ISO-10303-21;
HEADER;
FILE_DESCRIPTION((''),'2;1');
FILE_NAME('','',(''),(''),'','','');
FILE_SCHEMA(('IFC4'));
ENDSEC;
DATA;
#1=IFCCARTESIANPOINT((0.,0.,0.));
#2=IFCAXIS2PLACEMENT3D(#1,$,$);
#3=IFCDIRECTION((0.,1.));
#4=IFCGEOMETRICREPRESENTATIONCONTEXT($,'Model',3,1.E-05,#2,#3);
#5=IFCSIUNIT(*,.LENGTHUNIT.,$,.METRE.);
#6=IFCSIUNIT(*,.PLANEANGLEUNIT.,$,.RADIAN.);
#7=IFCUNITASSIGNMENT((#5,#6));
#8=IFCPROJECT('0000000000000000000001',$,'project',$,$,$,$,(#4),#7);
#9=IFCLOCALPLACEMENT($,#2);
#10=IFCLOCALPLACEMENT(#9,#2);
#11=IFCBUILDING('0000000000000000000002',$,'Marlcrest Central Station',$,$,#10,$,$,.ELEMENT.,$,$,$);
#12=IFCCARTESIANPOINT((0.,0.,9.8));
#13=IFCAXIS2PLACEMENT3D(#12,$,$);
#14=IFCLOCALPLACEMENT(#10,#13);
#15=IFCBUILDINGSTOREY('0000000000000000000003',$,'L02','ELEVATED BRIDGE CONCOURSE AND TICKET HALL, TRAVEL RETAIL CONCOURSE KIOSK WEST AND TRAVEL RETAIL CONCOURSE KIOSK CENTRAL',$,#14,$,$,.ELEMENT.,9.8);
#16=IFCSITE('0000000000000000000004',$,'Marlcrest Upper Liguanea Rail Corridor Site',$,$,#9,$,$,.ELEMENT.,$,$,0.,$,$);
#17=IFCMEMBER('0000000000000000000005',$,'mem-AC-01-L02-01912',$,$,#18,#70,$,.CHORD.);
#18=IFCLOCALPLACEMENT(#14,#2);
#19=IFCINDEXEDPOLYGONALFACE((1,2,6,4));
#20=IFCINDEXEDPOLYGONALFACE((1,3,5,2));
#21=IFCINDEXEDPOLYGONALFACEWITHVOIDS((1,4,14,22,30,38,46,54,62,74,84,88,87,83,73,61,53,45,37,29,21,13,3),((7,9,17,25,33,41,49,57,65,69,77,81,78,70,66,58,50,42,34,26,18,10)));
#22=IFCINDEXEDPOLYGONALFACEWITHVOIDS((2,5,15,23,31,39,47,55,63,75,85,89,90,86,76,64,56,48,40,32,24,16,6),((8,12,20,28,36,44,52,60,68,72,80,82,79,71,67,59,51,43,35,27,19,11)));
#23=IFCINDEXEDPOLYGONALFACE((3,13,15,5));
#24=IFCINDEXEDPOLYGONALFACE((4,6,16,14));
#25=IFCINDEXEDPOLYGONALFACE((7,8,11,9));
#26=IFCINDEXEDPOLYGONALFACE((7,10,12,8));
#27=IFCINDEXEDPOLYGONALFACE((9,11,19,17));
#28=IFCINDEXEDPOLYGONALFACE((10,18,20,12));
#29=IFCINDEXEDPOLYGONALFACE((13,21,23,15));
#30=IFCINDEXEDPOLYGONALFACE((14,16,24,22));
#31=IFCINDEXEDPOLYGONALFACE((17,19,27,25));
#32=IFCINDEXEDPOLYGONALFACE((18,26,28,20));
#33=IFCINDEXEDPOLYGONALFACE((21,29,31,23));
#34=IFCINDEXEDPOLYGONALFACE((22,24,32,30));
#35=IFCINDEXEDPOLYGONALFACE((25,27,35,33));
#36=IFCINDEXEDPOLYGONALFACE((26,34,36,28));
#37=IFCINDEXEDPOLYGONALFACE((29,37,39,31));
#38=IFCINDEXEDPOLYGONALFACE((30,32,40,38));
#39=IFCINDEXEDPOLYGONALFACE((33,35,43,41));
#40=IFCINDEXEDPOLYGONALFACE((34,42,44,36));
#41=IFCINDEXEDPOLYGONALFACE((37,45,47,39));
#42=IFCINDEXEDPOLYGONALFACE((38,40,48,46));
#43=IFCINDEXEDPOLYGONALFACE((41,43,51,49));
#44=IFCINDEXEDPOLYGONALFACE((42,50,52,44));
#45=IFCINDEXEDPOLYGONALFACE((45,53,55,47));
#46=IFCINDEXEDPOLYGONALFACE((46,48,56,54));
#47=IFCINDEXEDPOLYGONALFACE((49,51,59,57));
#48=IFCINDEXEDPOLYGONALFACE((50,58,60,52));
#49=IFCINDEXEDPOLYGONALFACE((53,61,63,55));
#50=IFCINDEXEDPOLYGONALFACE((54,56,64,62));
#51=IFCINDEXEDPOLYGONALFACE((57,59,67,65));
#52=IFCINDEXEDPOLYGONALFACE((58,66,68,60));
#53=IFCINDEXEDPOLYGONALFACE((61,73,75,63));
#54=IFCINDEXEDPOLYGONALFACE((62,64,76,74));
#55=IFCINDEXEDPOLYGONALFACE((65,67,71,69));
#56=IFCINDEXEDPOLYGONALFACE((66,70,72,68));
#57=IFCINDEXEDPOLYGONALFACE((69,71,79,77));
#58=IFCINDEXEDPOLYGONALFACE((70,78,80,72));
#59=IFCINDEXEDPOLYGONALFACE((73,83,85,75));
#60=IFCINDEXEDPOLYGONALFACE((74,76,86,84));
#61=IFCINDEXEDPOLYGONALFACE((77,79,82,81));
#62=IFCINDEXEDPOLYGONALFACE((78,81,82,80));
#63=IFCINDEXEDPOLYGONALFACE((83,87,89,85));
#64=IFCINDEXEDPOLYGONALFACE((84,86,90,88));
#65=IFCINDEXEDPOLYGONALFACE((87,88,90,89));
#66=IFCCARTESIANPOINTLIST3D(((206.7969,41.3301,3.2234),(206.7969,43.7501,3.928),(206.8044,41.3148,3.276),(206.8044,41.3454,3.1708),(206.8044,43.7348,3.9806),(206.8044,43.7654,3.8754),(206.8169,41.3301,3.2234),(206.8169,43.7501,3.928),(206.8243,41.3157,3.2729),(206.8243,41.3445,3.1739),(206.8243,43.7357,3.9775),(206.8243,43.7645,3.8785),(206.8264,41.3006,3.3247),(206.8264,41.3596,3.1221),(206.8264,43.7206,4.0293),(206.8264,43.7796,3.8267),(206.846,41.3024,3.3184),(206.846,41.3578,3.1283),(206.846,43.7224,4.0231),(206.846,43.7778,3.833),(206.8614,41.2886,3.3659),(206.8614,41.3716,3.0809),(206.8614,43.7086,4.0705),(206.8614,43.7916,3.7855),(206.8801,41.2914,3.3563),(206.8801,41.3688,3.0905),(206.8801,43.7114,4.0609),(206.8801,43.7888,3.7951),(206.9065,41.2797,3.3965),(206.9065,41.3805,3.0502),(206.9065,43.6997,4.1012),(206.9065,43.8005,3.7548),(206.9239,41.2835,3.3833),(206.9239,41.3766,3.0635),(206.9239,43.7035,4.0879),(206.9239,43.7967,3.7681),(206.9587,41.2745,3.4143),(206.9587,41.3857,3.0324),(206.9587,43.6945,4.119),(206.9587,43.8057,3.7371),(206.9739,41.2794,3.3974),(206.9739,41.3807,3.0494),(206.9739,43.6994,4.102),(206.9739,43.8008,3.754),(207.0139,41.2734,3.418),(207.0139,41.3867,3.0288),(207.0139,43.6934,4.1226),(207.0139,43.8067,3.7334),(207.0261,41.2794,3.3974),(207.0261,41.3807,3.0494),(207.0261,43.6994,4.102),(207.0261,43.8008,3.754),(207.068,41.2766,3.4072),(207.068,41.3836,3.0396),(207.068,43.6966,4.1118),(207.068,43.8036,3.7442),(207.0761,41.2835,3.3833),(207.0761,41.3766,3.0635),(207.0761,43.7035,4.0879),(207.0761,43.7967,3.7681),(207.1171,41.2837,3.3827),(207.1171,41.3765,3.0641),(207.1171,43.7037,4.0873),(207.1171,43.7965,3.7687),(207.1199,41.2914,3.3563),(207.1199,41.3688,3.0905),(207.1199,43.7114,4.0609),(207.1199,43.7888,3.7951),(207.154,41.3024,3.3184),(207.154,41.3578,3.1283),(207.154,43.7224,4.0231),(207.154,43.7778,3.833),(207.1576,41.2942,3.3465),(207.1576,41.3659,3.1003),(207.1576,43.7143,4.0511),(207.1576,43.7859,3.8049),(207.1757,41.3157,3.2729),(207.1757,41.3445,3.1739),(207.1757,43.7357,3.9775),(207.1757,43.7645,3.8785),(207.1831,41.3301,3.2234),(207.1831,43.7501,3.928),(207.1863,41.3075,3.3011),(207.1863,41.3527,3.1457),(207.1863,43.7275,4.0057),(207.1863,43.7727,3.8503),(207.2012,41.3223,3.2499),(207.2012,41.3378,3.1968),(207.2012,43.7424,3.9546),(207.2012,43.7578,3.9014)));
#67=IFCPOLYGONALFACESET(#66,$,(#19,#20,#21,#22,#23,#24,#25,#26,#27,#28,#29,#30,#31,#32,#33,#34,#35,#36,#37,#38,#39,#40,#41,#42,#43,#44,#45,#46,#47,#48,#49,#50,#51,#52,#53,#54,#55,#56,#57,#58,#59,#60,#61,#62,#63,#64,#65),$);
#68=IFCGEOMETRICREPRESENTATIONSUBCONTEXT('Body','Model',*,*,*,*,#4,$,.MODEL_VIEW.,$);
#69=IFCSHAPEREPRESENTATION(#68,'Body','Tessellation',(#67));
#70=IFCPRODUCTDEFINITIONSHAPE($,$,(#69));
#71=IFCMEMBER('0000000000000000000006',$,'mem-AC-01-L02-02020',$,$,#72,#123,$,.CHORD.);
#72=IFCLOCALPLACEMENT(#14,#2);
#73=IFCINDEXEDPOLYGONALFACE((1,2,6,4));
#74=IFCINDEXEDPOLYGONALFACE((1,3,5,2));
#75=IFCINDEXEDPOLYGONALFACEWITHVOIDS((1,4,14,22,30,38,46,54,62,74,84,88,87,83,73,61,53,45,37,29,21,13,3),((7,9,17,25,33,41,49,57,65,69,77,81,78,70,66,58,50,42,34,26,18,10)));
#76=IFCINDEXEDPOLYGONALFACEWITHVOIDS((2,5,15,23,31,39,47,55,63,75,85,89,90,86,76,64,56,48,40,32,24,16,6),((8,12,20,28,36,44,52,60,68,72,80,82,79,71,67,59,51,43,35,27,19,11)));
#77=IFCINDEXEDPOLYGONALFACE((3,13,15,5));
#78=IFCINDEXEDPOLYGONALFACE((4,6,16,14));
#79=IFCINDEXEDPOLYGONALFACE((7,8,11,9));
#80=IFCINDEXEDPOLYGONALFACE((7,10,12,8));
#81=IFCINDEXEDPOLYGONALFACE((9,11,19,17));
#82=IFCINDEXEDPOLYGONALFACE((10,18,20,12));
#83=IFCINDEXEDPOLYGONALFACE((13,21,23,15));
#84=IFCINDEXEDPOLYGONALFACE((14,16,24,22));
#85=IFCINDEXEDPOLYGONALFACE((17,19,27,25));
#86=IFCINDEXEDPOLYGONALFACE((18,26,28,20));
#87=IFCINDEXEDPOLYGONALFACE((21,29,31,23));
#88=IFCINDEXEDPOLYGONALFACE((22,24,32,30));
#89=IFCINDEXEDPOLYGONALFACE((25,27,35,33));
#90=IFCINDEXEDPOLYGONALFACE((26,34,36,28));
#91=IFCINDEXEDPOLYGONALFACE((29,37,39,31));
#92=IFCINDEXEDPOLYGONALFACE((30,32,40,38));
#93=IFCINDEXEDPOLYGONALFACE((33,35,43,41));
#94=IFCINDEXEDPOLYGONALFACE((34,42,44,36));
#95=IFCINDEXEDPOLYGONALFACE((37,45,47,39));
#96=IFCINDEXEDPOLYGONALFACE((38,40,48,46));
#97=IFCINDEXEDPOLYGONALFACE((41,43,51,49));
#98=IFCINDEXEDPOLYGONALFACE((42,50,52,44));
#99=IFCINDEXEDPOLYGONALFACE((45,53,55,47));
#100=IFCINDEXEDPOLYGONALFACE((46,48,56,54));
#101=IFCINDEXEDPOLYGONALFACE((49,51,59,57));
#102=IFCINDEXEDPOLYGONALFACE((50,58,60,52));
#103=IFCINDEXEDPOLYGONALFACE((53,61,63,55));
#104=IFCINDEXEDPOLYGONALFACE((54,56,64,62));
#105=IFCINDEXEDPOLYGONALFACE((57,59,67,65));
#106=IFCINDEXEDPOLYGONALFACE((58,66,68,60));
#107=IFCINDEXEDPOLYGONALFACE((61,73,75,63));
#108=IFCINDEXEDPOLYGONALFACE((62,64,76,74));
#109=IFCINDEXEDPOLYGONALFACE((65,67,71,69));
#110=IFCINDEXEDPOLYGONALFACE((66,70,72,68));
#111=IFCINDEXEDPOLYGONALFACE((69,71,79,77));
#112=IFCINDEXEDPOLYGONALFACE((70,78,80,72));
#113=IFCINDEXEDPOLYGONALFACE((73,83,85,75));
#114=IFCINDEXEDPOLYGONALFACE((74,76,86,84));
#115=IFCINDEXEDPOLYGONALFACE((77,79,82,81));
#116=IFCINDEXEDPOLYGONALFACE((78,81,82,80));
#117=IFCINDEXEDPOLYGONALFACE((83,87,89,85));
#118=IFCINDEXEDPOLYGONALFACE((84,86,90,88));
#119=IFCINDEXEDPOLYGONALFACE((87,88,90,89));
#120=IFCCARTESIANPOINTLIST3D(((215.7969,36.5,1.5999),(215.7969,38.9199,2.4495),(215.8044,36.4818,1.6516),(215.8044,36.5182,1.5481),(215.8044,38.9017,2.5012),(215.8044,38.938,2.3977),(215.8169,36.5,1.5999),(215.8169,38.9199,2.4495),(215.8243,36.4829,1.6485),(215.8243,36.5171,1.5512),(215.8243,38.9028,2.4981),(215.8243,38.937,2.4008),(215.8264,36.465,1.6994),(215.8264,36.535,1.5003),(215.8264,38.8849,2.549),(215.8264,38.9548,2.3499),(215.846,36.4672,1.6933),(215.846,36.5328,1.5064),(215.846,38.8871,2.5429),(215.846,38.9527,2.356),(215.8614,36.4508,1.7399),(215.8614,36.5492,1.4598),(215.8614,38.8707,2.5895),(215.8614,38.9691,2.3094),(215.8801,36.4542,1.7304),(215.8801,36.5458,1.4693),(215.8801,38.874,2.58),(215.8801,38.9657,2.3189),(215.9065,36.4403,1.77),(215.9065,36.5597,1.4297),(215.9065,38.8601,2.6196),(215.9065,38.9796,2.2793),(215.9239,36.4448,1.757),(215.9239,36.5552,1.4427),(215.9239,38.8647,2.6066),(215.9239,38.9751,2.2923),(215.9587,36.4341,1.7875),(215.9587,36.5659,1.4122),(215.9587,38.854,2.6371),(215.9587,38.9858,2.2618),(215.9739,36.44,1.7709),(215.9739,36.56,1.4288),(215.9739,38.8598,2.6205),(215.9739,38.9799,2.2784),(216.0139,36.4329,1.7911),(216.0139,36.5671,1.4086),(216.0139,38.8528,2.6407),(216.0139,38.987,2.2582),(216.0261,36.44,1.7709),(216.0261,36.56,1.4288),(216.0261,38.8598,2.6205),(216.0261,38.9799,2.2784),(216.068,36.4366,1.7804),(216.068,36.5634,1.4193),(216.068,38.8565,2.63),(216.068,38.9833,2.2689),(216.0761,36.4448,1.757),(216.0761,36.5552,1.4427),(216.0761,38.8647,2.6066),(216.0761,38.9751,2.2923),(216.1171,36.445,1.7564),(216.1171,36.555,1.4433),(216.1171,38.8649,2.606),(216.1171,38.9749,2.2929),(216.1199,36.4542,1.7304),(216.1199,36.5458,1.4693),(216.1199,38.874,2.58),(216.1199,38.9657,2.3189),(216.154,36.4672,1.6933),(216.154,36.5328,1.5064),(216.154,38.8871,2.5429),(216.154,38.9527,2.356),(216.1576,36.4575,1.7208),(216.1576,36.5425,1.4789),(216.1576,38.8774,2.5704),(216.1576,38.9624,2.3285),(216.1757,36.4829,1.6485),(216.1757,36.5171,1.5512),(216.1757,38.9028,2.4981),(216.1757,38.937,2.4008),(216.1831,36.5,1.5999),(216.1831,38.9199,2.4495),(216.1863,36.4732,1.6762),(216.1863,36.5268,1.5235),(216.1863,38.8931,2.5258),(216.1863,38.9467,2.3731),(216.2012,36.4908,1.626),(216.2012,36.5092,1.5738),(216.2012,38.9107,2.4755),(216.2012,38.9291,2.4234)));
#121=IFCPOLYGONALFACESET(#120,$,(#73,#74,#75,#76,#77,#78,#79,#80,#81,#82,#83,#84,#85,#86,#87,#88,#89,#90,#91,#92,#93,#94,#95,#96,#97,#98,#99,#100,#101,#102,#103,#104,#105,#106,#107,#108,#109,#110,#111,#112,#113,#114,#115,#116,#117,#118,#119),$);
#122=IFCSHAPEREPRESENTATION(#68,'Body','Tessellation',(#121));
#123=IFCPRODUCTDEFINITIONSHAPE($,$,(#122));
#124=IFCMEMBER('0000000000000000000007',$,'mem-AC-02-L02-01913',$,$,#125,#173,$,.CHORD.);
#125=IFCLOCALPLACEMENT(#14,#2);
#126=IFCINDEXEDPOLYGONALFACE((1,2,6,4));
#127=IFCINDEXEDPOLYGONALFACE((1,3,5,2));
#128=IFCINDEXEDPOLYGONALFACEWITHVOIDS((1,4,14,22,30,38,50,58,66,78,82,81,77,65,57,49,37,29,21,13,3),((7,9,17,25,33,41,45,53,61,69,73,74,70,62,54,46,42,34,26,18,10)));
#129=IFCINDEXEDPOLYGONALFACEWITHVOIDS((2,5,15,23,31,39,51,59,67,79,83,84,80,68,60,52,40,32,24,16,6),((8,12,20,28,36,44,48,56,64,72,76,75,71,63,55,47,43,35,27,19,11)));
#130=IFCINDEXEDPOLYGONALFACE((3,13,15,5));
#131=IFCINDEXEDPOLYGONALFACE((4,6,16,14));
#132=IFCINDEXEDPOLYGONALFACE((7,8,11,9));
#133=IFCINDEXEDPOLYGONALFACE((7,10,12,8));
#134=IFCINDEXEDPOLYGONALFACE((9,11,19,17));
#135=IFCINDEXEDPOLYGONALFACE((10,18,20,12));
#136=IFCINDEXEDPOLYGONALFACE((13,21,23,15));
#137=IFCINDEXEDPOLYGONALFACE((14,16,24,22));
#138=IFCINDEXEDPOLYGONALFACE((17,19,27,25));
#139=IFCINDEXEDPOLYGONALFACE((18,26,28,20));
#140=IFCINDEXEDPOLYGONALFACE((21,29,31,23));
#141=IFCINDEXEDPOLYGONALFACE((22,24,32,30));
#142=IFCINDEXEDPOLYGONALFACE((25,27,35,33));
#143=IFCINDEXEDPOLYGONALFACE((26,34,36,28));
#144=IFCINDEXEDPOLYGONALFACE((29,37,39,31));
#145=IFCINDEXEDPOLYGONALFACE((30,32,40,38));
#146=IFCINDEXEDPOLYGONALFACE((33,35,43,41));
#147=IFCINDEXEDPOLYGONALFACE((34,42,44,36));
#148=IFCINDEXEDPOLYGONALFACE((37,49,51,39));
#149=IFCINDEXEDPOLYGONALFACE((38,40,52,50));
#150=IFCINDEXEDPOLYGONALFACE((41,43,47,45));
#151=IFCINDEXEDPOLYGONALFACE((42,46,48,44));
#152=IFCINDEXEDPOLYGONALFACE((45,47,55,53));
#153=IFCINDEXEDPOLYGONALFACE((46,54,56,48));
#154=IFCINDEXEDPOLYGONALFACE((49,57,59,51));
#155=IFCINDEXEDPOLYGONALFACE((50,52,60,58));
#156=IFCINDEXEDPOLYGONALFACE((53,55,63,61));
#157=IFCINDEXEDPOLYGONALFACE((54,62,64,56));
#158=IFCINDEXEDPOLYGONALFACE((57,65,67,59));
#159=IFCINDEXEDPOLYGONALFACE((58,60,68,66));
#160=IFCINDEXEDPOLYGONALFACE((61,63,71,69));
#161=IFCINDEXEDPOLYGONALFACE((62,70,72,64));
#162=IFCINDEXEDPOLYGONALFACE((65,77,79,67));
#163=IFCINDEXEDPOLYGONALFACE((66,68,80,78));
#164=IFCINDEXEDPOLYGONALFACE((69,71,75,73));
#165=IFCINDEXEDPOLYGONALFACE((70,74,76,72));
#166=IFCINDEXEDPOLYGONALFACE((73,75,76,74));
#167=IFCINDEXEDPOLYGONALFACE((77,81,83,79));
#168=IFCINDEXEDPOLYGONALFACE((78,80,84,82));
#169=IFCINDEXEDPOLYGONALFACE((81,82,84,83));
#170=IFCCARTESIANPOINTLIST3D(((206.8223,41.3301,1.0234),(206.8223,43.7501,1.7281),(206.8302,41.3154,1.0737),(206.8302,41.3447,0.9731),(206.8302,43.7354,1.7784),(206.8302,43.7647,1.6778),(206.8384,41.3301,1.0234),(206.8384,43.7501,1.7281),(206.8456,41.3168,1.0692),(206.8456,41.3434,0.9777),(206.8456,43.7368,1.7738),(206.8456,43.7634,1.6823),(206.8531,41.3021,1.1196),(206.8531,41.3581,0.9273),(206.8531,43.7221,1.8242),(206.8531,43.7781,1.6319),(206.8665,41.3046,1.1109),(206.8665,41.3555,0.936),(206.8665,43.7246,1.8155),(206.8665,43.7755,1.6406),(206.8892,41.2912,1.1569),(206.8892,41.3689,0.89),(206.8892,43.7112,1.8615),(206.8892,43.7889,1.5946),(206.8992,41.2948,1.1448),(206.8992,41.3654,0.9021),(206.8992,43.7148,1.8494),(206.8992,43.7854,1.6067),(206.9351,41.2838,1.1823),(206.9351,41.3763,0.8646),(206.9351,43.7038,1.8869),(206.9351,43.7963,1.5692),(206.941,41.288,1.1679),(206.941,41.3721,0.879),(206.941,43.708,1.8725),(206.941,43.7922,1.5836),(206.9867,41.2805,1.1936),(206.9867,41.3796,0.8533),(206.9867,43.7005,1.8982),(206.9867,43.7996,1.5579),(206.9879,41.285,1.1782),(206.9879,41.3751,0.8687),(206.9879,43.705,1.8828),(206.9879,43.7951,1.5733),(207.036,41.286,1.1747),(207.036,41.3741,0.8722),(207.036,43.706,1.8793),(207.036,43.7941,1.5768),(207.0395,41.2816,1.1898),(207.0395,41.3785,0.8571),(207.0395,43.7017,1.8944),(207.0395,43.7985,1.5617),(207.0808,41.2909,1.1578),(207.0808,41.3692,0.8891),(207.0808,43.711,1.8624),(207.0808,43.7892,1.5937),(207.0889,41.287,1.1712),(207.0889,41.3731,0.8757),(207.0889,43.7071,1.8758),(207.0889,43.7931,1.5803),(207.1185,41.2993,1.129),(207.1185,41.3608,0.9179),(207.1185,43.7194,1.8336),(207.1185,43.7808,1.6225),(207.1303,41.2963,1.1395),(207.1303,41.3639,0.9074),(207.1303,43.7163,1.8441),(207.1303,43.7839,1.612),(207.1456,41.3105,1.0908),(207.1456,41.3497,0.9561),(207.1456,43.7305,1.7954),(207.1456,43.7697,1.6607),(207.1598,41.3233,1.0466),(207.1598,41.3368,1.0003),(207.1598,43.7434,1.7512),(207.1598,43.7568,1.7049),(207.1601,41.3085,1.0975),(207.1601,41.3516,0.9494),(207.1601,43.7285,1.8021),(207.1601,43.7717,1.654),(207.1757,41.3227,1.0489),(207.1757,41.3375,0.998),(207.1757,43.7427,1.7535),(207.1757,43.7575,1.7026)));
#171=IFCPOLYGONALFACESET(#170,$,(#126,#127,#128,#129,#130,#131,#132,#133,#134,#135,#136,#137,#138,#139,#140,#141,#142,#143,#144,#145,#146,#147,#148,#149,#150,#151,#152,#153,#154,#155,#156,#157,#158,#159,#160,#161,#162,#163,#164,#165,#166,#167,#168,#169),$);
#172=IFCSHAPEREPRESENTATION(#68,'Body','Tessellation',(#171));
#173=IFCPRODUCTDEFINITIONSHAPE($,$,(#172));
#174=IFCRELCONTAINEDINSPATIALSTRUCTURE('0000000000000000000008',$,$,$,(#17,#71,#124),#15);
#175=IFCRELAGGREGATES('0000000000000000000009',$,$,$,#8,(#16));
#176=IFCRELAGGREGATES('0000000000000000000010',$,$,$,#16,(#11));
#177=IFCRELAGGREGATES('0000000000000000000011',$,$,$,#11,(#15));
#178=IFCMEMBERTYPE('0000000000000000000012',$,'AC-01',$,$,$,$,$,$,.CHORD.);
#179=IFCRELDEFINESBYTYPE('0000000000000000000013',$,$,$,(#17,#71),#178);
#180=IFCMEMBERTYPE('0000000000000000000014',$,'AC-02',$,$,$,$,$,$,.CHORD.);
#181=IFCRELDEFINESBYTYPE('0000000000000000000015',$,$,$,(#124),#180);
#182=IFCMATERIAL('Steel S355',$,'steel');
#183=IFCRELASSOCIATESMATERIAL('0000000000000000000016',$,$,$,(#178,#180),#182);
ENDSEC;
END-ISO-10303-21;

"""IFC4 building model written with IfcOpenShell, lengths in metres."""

from ifc_helpers import new_model, si_unit, direction, frame, origin, origin_2d, place, context, subcontext, project, spatial, hollow_circle, extrude, material, material_profile, profile_set, type_object, element, save


model = new_model("IFC4")

# Units and contexts
model_context = context("Model", 3, precision=1e-05, world=origin(), true_north=direction((0.0, 1.0)))
body_context = subcontext(model_context, "Body", "Model", "MODEL_VIEW")
ifc_project = project(units=[si_unit("LENGTHUNIT", "METRE"), si_unit("PLANEANGLEUNIT", "RADIAN")], contexts=[model_context])

# Site, building, storey
site_placement = place(None, origin())
site = spatial("IfcSite", under=ifc_project, at=site_placement, Name="Marlcrest Upper Liguanea Rail Corridor Site", CompositionType="ELEMENT", RefElevation=0.0)
building_placement = place(site_placement, origin())
building = spatial("IfcBuilding", under=site, at=building_placement, Name="Marlcrest Central Station", CompositionType="ELEMENT")
storey_placement = place(building_placement, frame((0.0, 0.0, 9.8)))
storey = spatial("IfcBuildingStorey", under=building, at=storey_placement, Name="L02", Description="ELEVATED BRIDGE CONCOURSE AND TICKET HALL, TRAVEL RETAIL CONCOURSE KIOSK WEST AND TRAVEL RETAIL CONCOURSE KIOSK CENTRAL", CompositionType="ELEMENT", Elevation=9.8)

# Members
ifc_material_1 = material(Name="Steel S355", Category="steel")
ifc_material_profile_1 = material_profile(ifc_material_1, hollow_circle(Radius=0.2031, WallThickness=0.02, at=origin_2d()), Name="CHS 406.4x20")
ifc_profile_set_1 = profile_set([ifc_material_profile_1], Name="Steel S355")
member_type_1 = type_object("IfcMemberType", Name="AC-01", PredefinedType="CHORD", material=ifc_profile_set_1)
member_1_placement = place(storey_placement, frame((207.0, 41.3301, 3.2234), z_axis=(0.0, 0.96013, 0.279554), x_axis=(-1.0, 0.0, 0.0)))
element("IfcMember", 1, at=member_1_placement, inside=storey, type_object=member_type_1, Name="mem-AC-01-L02-01912", PredefinedType="CHORD", context=body_context, shape_type="SweptSolid", body=[
    extrude(hollow_circle(Radius=0.2031, WallThickness=0.02, at=origin_2d()), origin(), (0.0, 0.0, 1.0), 2.5205),
])
member_2_placement = place(storey_placement, frame((216.0, 36.5, 1.5999), z_axis=(0.0, 0.943537, 0.331266), x_axis=(-1.0, 0.0, 0.0)))
element("IfcMember", 2, at=member_2_placement, inside=storey, type_object=member_type_1, Name="mem-AC-01-L02-02020", PredefinedType="CHORD", context=body_context, shape_type="SweptSolid", body=[
    extrude(hollow_circle(Radius=0.2031, WallThickness=0.02, at=origin_2d()), origin(), (0.0, 0.0, 1.0), 2.5647),
])
ifc_material_profile_2 = material_profile(ifc_material_1, hollow_circle(Radius=0.1777, WallThickness=0.0161, at=origin_2d()), Name="CHS 355.6x16")
ifc_profile_set_2 = profile_set([ifc_material_profile_2], Name="Steel S355")
member_type_2 = type_object("IfcMemberType", Name="AC-02", PredefinedType="CHORD", material=ifc_profile_set_2)
member_3_placement = place(storey_placement, frame((207.0, 41.3301, 1.0234), z_axis=(0.0, 0.96013, 0.279554), x_axis=(-1.0, 0.0, 0.0)))
element("IfcMember", 3, at=member_3_placement, inside=storey, type_object=member_type_2, Name="mem-AC-02-L02-01913", PredefinedType="CHORD", context=body_context, shape_type="SweptSolid", body=[
    extrude(hollow_circle(Radius=0.1777, WallThickness=0.0161, at=origin_2d()), origin(), (0.0, 0.0, 1.0), 2.5205),
])

save(model, "model.ifc")
